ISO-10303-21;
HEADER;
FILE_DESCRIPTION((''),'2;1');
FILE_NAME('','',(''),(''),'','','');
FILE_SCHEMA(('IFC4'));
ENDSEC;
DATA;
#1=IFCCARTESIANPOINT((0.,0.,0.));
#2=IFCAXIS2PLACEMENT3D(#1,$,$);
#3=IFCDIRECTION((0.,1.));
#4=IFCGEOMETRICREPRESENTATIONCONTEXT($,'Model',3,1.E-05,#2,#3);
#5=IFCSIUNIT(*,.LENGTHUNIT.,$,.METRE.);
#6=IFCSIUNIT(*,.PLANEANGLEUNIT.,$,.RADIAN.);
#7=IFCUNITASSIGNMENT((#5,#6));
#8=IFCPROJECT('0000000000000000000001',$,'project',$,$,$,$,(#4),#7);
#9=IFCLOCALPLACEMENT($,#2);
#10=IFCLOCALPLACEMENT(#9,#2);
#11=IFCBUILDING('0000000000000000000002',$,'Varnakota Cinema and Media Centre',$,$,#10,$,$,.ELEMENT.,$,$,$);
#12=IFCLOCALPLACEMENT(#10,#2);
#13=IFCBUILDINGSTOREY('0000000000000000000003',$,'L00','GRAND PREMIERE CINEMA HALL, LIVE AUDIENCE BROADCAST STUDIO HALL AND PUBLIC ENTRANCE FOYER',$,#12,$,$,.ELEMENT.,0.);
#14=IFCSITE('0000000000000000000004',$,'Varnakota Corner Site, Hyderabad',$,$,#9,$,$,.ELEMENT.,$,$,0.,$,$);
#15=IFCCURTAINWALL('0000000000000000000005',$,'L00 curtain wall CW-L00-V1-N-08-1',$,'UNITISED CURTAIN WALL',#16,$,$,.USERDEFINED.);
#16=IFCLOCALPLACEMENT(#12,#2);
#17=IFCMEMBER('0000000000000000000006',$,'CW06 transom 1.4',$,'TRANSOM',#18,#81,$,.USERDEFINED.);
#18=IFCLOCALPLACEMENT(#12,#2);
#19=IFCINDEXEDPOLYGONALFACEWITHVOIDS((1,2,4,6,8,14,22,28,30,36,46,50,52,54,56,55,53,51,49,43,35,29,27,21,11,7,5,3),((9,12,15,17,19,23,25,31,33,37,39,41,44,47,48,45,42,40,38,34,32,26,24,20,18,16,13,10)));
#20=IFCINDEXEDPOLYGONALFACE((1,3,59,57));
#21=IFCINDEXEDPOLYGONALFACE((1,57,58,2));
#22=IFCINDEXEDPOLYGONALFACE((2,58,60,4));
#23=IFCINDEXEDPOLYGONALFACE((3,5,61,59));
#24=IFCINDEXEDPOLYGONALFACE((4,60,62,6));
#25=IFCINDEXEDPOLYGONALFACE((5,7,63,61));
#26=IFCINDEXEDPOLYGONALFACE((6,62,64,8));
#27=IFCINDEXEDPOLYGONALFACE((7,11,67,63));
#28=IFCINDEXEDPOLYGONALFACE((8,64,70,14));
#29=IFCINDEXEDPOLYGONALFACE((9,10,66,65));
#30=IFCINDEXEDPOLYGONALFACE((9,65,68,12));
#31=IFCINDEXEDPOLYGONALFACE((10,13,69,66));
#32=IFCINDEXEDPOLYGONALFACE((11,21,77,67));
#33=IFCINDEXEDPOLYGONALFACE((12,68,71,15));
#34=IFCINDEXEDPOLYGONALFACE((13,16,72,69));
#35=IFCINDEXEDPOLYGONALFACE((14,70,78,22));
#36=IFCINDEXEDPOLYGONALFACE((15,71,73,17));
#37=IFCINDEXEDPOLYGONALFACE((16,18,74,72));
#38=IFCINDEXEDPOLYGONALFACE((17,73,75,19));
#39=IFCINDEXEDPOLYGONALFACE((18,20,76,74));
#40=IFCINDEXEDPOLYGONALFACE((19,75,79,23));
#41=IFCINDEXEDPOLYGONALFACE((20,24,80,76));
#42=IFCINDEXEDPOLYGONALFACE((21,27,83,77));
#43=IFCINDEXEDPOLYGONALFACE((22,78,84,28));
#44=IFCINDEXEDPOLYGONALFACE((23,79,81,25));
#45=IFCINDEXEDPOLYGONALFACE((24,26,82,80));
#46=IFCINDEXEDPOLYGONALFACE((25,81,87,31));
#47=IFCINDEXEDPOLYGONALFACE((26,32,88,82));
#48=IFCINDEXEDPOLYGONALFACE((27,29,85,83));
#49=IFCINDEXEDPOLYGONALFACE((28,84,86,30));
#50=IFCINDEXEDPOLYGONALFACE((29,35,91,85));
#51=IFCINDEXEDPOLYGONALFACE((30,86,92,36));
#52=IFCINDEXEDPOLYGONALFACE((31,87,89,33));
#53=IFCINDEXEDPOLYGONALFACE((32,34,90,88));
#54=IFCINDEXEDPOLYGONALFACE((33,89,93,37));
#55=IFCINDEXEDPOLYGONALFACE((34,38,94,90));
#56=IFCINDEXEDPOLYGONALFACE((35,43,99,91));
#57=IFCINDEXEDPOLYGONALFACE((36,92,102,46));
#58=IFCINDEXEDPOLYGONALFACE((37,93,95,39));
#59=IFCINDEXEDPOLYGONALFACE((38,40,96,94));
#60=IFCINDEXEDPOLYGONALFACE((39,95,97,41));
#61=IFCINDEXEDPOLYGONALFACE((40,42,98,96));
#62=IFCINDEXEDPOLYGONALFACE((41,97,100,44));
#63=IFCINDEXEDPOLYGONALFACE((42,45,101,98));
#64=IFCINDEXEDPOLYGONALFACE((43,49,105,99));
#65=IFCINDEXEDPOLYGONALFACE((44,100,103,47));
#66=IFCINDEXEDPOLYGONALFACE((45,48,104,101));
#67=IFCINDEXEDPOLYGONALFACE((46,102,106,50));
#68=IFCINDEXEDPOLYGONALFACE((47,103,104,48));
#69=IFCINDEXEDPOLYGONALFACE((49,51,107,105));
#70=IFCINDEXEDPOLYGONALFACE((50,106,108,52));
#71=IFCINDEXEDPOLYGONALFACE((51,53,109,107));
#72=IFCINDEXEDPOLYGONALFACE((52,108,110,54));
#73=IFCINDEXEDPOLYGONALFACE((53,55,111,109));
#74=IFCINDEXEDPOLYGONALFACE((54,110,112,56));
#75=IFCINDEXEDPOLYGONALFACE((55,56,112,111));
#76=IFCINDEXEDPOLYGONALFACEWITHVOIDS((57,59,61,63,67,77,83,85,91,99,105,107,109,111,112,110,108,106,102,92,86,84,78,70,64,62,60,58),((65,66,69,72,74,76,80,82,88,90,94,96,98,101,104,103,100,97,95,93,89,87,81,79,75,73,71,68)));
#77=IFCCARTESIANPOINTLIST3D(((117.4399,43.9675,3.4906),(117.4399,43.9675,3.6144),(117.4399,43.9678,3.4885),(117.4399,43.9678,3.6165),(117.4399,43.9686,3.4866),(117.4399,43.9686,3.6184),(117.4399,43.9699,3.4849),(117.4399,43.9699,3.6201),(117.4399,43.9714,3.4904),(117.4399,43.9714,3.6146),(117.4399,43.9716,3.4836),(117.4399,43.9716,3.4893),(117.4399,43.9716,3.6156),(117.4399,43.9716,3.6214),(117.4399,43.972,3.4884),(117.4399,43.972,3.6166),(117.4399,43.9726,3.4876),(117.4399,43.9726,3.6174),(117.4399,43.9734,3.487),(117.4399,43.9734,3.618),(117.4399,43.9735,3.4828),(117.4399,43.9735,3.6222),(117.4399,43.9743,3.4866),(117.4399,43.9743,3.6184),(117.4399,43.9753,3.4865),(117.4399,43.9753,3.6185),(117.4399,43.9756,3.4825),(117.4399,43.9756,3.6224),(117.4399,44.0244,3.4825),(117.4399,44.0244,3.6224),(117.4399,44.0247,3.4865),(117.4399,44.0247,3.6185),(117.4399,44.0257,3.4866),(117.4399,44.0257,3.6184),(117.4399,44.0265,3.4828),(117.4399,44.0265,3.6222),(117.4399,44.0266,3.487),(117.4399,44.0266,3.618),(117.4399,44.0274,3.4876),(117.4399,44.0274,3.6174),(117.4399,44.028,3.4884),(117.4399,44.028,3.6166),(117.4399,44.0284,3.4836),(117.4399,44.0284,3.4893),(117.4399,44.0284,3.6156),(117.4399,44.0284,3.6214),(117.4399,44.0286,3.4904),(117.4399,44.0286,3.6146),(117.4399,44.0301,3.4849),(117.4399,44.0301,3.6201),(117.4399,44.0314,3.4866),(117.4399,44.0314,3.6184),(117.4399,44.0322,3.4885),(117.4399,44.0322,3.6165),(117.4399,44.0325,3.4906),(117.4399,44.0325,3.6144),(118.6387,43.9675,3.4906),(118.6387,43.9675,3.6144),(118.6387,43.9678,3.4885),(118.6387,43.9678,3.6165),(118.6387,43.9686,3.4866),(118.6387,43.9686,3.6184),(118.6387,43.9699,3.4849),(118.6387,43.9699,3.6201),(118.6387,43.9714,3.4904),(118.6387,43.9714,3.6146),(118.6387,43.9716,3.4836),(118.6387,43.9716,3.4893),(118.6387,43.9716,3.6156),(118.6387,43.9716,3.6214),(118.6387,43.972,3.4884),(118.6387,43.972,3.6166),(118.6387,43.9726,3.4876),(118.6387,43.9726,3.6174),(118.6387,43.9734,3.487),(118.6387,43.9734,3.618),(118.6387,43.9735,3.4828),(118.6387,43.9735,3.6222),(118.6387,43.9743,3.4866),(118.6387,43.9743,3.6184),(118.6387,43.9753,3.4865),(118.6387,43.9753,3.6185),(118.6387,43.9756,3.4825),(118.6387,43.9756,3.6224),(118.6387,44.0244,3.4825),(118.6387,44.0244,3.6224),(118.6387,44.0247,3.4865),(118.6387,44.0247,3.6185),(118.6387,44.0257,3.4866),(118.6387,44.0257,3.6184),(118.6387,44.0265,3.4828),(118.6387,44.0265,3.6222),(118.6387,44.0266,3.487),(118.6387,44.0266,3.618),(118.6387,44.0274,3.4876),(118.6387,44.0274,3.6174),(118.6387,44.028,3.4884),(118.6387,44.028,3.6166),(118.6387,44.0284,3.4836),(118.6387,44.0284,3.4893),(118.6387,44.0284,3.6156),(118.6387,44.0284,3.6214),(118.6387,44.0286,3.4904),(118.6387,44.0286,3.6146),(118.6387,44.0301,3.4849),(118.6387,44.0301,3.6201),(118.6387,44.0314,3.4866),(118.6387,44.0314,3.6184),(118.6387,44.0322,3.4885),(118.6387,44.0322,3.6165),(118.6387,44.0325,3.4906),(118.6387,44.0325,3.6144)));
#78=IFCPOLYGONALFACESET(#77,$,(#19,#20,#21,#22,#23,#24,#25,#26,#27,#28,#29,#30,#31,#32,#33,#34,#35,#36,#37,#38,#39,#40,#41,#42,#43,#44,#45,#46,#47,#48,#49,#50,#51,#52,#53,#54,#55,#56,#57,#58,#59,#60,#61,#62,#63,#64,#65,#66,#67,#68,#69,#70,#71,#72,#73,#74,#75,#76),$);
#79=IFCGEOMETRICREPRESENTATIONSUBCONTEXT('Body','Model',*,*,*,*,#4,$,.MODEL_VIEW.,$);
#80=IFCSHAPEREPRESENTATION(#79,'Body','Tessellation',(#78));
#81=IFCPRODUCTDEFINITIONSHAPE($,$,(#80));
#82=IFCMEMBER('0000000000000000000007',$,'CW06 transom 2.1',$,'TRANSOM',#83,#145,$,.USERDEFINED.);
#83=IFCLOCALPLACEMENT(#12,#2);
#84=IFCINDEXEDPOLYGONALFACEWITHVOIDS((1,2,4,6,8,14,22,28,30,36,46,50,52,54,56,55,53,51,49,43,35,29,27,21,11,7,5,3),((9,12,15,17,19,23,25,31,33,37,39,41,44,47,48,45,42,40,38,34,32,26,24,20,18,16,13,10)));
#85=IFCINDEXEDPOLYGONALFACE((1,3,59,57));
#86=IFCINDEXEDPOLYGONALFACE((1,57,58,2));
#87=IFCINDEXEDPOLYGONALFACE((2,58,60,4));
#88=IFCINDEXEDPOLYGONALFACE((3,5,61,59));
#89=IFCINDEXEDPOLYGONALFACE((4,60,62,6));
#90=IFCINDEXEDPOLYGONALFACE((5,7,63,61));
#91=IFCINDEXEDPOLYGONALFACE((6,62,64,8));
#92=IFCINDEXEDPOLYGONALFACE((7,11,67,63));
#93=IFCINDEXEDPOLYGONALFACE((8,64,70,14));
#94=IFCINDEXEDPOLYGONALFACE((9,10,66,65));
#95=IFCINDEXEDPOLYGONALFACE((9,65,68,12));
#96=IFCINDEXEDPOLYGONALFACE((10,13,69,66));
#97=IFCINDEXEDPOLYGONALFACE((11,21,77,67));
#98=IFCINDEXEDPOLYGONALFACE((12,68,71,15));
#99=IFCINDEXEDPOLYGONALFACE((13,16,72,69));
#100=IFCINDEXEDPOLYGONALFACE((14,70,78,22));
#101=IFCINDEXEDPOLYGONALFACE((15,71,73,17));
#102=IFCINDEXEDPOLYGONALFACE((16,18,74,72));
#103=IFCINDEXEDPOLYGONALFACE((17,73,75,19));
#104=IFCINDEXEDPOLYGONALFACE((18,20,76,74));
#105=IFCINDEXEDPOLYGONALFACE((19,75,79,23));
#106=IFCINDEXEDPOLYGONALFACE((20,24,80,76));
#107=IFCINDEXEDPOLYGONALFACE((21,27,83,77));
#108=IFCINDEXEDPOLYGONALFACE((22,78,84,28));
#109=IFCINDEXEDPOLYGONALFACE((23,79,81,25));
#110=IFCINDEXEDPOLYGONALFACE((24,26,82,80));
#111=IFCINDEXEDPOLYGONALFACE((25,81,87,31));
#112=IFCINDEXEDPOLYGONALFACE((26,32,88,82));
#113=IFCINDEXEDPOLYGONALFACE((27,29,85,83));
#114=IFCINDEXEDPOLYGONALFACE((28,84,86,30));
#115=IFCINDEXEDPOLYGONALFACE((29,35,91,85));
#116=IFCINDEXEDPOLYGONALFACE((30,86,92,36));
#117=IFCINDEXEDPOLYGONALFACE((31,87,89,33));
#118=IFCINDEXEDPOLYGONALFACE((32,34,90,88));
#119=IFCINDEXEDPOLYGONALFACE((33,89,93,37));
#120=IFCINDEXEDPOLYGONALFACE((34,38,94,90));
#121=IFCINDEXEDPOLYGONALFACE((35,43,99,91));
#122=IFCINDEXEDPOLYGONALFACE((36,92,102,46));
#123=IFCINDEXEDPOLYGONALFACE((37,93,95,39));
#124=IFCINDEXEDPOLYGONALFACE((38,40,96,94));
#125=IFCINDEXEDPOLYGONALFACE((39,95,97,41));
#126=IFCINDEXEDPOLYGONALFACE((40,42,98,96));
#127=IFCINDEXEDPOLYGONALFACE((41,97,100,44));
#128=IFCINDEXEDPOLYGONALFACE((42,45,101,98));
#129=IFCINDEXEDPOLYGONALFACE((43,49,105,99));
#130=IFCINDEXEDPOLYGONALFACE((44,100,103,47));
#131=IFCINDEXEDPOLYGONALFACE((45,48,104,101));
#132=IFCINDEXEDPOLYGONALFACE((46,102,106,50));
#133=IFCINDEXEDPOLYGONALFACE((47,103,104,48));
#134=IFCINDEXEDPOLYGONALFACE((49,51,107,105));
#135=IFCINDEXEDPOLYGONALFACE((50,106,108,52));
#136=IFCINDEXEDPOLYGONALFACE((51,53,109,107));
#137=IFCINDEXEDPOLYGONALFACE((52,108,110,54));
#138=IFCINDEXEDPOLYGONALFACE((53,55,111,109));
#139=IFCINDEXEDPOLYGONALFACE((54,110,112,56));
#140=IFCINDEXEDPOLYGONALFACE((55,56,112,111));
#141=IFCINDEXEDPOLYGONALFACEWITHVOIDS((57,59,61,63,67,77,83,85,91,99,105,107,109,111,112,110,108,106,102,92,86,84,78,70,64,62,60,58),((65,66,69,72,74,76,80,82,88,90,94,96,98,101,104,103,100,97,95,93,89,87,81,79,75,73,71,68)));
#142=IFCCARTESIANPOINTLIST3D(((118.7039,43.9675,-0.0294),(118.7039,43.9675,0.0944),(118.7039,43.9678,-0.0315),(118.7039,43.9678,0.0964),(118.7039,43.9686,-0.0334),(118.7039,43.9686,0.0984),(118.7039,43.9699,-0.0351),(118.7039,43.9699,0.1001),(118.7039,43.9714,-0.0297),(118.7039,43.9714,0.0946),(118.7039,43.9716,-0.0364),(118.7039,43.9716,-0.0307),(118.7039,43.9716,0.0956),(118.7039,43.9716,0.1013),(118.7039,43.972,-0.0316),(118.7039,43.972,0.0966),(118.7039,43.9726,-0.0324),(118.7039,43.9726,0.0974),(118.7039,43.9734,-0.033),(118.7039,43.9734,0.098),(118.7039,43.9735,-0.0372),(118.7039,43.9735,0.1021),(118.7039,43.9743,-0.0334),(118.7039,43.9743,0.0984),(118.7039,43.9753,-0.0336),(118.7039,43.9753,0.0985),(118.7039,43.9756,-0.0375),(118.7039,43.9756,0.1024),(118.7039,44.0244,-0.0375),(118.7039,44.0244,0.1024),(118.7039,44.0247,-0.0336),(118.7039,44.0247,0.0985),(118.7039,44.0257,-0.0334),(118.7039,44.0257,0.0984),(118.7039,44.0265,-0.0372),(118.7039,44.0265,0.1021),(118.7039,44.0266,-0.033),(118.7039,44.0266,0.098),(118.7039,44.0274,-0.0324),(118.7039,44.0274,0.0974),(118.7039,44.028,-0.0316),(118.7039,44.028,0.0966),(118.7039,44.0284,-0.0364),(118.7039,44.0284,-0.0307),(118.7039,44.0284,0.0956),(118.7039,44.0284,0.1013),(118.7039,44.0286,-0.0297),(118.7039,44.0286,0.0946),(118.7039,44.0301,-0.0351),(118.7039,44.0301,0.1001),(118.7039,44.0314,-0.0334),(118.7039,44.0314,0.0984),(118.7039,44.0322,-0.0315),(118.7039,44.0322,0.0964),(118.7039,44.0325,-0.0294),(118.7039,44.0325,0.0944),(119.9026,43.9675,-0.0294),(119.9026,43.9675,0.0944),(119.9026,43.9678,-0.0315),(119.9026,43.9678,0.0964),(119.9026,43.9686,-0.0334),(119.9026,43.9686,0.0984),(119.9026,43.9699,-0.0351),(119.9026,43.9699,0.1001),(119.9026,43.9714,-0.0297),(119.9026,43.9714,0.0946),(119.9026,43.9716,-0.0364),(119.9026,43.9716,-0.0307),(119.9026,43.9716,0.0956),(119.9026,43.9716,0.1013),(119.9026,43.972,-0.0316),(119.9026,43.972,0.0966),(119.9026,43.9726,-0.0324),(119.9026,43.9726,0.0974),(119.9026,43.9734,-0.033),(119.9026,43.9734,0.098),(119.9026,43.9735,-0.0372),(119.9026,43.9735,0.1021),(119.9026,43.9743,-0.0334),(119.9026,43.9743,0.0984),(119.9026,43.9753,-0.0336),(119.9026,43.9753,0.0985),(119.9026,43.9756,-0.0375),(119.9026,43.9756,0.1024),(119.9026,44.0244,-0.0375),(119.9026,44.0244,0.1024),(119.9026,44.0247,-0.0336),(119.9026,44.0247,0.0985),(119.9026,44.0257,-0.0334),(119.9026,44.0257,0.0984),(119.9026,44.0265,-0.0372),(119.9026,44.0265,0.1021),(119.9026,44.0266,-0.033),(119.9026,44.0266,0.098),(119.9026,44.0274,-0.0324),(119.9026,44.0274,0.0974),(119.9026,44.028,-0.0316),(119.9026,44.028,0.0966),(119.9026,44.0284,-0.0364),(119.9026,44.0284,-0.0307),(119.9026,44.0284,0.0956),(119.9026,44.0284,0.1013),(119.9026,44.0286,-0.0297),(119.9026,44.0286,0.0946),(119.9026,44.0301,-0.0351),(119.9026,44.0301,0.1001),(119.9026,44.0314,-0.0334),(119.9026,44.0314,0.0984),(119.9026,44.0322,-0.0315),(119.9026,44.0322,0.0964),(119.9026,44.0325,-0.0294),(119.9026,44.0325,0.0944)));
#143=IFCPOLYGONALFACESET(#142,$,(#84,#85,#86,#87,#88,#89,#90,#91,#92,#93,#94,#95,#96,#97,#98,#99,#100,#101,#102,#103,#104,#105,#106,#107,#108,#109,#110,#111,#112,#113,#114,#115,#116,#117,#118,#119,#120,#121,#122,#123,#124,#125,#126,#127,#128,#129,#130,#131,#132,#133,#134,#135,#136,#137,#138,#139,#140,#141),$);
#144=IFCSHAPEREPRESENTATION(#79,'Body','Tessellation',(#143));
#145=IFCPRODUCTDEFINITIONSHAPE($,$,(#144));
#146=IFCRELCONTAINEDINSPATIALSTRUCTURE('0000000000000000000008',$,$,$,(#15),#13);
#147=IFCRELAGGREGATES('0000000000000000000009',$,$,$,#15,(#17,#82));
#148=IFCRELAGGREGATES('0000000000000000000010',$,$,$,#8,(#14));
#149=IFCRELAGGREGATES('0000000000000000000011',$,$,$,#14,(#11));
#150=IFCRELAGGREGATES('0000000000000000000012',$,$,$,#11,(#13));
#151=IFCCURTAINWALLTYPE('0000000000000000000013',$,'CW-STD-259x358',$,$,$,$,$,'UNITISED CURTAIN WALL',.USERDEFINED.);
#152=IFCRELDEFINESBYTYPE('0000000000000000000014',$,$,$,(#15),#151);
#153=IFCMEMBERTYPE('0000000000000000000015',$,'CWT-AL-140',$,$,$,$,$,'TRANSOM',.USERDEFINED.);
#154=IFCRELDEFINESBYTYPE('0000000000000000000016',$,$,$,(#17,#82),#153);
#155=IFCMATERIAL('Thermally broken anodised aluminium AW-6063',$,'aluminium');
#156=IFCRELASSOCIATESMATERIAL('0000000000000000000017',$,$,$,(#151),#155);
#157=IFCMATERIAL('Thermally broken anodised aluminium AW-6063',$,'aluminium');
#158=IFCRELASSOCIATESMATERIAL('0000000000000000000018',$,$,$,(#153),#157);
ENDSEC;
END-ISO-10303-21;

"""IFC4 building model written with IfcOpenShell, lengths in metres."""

from ifc_helpers import new_model, si_unit, direction, frame, origin, origin_2d, place, context, subcontext, project, spatial, hollow_rectangle, extrude, material, material_profile, profile_set, type_object, element, aggregate, save


model = new_model("IFC4")

# Units and contexts
model_context = context("Model", 3, precision=1e-05, world=origin(), true_north=direction((0.0, 1.0)))
body_context = subcontext(model_context, "Body", "Model", "MODEL_VIEW")
ifc_project = project(units=[si_unit("LENGTHUNIT", "METRE"), si_unit("PLANEANGLEUNIT", "RADIAN")], contexts=[model_context])

# Site, building, storey
site_placement = place(None, origin())
site = spatial("IfcSite", under=ifc_project, at=site_placement, Name="Varnakota Corner Site, Hyderabad", CompositionType="ELEMENT", RefElevation=0.0)
building_placement = place(site_placement, origin())
building = spatial("IfcBuilding", under=site, at=building_placement, Name="Varnakota Cinema and Media Centre", CompositionType="ELEMENT")
storey_placement = place(building_placement, origin())
storey = spatial("IfcBuildingStorey", under=building, at=storey_placement, Name="L00", Description="GRAND PREMIERE CINEMA HALL, LIVE AUDIENCE BROADCAST STUDIO HALL AND PUBLIC ENTRANCE FOYER", CompositionType="ELEMENT", Elevation=0.0)

# Curtain wall
ifc_material_1 = material(Name="Thermally broken anodised aluminium AW-6063", Category="aluminium")
curtain_wall_type = type_object("IfcCurtainWallType", Name="CW-STD-259x358", ElementType="UNITISED CURTAIN WALL", PredefinedType="USERDEFINED", material=ifc_material_1)
curtain_wall_1_placement = place(storey_placement, origin())
curtain_wall_1 = element("IfcCurtainWall", 1, at=curtain_wall_1_placement, inside=storey, type_object=curtain_wall_type, Name="L00 curtain wall CW-L00-V1-N-08-1", ObjectType="UNITISED CURTAIN WALL", PredefinedType="USERDEFINED")

# Members
ifc_material_2 = material(Name="Thermally broken anodised aluminium AW-6063", Category="aluminium")
ifc_material_profile_1 = material_profile(ifc_material_2, hollow_rectangle(XDim=0.0649, YDim=0.1399, WallThickness=0.0039, InnerFilletRadius=0.0039, OuterFilletRadius=0.0081, at=origin_2d()), Name="AL-TRANSOM 140x65x4")
ifc_profile_set_1 = profile_set([ifc_material_profile_1], Name="Thermally broken anodised aluminium AW-6063")
member_type_1 = type_object("IfcMemberType", Name="CWT-AL-140", ElementType="TRANSOM", PredefinedType="USERDEFINED", material=ifc_profile_set_1)
member_1_placement = place(storey_placement, frame((117.4399, 44.0, 3.5525), z_axis=(1.0, 0.0, 0.0), x_axis=(0.0, 1.0, 0.0)))
member_1 = element("IfcMember", 2, at=member_1_placement, type_object=member_type_1, Name="CW06 transom 1.4", ObjectType="TRANSOM", PredefinedType="USERDEFINED", context=body_context, shape_type="SweptSolid", body=[
    extrude(hollow_rectangle(XDim=0.0649, YDim=0.1399, WallThickness=0.0039, InnerFilletRadius=0.0039, OuterFilletRadius=0.0081, at=origin_2d()), origin(), (0.0, 0.0, 1.0), 1.1987),
])
member_2_placement = place(storey_placement, frame((118.7039, 44.0, 0.0325), z_axis=(1.0, 0.0, 0.0), x_axis=(0.0, 1.0, 0.0)))
member_2 = element("IfcMember", 3, at=member_2_placement, type_object=member_type_1, Name="CW06 transom 2.1", ObjectType="TRANSOM", PredefinedType="USERDEFINED", context=body_context, shape_type="SweptSolid", body=[
    extrude(hollow_rectangle(XDim=0.0649, YDim=0.1399, WallThickness=0.0039, InnerFilletRadius=0.0039, OuterFilletRadius=0.0081, at=origin_2d()), origin(), (0.0, 0.0, 1.0), 1.1987),
])

aggregate(curtain_wall_1, [member_1, member_2])

save(model, "model.ifc")
